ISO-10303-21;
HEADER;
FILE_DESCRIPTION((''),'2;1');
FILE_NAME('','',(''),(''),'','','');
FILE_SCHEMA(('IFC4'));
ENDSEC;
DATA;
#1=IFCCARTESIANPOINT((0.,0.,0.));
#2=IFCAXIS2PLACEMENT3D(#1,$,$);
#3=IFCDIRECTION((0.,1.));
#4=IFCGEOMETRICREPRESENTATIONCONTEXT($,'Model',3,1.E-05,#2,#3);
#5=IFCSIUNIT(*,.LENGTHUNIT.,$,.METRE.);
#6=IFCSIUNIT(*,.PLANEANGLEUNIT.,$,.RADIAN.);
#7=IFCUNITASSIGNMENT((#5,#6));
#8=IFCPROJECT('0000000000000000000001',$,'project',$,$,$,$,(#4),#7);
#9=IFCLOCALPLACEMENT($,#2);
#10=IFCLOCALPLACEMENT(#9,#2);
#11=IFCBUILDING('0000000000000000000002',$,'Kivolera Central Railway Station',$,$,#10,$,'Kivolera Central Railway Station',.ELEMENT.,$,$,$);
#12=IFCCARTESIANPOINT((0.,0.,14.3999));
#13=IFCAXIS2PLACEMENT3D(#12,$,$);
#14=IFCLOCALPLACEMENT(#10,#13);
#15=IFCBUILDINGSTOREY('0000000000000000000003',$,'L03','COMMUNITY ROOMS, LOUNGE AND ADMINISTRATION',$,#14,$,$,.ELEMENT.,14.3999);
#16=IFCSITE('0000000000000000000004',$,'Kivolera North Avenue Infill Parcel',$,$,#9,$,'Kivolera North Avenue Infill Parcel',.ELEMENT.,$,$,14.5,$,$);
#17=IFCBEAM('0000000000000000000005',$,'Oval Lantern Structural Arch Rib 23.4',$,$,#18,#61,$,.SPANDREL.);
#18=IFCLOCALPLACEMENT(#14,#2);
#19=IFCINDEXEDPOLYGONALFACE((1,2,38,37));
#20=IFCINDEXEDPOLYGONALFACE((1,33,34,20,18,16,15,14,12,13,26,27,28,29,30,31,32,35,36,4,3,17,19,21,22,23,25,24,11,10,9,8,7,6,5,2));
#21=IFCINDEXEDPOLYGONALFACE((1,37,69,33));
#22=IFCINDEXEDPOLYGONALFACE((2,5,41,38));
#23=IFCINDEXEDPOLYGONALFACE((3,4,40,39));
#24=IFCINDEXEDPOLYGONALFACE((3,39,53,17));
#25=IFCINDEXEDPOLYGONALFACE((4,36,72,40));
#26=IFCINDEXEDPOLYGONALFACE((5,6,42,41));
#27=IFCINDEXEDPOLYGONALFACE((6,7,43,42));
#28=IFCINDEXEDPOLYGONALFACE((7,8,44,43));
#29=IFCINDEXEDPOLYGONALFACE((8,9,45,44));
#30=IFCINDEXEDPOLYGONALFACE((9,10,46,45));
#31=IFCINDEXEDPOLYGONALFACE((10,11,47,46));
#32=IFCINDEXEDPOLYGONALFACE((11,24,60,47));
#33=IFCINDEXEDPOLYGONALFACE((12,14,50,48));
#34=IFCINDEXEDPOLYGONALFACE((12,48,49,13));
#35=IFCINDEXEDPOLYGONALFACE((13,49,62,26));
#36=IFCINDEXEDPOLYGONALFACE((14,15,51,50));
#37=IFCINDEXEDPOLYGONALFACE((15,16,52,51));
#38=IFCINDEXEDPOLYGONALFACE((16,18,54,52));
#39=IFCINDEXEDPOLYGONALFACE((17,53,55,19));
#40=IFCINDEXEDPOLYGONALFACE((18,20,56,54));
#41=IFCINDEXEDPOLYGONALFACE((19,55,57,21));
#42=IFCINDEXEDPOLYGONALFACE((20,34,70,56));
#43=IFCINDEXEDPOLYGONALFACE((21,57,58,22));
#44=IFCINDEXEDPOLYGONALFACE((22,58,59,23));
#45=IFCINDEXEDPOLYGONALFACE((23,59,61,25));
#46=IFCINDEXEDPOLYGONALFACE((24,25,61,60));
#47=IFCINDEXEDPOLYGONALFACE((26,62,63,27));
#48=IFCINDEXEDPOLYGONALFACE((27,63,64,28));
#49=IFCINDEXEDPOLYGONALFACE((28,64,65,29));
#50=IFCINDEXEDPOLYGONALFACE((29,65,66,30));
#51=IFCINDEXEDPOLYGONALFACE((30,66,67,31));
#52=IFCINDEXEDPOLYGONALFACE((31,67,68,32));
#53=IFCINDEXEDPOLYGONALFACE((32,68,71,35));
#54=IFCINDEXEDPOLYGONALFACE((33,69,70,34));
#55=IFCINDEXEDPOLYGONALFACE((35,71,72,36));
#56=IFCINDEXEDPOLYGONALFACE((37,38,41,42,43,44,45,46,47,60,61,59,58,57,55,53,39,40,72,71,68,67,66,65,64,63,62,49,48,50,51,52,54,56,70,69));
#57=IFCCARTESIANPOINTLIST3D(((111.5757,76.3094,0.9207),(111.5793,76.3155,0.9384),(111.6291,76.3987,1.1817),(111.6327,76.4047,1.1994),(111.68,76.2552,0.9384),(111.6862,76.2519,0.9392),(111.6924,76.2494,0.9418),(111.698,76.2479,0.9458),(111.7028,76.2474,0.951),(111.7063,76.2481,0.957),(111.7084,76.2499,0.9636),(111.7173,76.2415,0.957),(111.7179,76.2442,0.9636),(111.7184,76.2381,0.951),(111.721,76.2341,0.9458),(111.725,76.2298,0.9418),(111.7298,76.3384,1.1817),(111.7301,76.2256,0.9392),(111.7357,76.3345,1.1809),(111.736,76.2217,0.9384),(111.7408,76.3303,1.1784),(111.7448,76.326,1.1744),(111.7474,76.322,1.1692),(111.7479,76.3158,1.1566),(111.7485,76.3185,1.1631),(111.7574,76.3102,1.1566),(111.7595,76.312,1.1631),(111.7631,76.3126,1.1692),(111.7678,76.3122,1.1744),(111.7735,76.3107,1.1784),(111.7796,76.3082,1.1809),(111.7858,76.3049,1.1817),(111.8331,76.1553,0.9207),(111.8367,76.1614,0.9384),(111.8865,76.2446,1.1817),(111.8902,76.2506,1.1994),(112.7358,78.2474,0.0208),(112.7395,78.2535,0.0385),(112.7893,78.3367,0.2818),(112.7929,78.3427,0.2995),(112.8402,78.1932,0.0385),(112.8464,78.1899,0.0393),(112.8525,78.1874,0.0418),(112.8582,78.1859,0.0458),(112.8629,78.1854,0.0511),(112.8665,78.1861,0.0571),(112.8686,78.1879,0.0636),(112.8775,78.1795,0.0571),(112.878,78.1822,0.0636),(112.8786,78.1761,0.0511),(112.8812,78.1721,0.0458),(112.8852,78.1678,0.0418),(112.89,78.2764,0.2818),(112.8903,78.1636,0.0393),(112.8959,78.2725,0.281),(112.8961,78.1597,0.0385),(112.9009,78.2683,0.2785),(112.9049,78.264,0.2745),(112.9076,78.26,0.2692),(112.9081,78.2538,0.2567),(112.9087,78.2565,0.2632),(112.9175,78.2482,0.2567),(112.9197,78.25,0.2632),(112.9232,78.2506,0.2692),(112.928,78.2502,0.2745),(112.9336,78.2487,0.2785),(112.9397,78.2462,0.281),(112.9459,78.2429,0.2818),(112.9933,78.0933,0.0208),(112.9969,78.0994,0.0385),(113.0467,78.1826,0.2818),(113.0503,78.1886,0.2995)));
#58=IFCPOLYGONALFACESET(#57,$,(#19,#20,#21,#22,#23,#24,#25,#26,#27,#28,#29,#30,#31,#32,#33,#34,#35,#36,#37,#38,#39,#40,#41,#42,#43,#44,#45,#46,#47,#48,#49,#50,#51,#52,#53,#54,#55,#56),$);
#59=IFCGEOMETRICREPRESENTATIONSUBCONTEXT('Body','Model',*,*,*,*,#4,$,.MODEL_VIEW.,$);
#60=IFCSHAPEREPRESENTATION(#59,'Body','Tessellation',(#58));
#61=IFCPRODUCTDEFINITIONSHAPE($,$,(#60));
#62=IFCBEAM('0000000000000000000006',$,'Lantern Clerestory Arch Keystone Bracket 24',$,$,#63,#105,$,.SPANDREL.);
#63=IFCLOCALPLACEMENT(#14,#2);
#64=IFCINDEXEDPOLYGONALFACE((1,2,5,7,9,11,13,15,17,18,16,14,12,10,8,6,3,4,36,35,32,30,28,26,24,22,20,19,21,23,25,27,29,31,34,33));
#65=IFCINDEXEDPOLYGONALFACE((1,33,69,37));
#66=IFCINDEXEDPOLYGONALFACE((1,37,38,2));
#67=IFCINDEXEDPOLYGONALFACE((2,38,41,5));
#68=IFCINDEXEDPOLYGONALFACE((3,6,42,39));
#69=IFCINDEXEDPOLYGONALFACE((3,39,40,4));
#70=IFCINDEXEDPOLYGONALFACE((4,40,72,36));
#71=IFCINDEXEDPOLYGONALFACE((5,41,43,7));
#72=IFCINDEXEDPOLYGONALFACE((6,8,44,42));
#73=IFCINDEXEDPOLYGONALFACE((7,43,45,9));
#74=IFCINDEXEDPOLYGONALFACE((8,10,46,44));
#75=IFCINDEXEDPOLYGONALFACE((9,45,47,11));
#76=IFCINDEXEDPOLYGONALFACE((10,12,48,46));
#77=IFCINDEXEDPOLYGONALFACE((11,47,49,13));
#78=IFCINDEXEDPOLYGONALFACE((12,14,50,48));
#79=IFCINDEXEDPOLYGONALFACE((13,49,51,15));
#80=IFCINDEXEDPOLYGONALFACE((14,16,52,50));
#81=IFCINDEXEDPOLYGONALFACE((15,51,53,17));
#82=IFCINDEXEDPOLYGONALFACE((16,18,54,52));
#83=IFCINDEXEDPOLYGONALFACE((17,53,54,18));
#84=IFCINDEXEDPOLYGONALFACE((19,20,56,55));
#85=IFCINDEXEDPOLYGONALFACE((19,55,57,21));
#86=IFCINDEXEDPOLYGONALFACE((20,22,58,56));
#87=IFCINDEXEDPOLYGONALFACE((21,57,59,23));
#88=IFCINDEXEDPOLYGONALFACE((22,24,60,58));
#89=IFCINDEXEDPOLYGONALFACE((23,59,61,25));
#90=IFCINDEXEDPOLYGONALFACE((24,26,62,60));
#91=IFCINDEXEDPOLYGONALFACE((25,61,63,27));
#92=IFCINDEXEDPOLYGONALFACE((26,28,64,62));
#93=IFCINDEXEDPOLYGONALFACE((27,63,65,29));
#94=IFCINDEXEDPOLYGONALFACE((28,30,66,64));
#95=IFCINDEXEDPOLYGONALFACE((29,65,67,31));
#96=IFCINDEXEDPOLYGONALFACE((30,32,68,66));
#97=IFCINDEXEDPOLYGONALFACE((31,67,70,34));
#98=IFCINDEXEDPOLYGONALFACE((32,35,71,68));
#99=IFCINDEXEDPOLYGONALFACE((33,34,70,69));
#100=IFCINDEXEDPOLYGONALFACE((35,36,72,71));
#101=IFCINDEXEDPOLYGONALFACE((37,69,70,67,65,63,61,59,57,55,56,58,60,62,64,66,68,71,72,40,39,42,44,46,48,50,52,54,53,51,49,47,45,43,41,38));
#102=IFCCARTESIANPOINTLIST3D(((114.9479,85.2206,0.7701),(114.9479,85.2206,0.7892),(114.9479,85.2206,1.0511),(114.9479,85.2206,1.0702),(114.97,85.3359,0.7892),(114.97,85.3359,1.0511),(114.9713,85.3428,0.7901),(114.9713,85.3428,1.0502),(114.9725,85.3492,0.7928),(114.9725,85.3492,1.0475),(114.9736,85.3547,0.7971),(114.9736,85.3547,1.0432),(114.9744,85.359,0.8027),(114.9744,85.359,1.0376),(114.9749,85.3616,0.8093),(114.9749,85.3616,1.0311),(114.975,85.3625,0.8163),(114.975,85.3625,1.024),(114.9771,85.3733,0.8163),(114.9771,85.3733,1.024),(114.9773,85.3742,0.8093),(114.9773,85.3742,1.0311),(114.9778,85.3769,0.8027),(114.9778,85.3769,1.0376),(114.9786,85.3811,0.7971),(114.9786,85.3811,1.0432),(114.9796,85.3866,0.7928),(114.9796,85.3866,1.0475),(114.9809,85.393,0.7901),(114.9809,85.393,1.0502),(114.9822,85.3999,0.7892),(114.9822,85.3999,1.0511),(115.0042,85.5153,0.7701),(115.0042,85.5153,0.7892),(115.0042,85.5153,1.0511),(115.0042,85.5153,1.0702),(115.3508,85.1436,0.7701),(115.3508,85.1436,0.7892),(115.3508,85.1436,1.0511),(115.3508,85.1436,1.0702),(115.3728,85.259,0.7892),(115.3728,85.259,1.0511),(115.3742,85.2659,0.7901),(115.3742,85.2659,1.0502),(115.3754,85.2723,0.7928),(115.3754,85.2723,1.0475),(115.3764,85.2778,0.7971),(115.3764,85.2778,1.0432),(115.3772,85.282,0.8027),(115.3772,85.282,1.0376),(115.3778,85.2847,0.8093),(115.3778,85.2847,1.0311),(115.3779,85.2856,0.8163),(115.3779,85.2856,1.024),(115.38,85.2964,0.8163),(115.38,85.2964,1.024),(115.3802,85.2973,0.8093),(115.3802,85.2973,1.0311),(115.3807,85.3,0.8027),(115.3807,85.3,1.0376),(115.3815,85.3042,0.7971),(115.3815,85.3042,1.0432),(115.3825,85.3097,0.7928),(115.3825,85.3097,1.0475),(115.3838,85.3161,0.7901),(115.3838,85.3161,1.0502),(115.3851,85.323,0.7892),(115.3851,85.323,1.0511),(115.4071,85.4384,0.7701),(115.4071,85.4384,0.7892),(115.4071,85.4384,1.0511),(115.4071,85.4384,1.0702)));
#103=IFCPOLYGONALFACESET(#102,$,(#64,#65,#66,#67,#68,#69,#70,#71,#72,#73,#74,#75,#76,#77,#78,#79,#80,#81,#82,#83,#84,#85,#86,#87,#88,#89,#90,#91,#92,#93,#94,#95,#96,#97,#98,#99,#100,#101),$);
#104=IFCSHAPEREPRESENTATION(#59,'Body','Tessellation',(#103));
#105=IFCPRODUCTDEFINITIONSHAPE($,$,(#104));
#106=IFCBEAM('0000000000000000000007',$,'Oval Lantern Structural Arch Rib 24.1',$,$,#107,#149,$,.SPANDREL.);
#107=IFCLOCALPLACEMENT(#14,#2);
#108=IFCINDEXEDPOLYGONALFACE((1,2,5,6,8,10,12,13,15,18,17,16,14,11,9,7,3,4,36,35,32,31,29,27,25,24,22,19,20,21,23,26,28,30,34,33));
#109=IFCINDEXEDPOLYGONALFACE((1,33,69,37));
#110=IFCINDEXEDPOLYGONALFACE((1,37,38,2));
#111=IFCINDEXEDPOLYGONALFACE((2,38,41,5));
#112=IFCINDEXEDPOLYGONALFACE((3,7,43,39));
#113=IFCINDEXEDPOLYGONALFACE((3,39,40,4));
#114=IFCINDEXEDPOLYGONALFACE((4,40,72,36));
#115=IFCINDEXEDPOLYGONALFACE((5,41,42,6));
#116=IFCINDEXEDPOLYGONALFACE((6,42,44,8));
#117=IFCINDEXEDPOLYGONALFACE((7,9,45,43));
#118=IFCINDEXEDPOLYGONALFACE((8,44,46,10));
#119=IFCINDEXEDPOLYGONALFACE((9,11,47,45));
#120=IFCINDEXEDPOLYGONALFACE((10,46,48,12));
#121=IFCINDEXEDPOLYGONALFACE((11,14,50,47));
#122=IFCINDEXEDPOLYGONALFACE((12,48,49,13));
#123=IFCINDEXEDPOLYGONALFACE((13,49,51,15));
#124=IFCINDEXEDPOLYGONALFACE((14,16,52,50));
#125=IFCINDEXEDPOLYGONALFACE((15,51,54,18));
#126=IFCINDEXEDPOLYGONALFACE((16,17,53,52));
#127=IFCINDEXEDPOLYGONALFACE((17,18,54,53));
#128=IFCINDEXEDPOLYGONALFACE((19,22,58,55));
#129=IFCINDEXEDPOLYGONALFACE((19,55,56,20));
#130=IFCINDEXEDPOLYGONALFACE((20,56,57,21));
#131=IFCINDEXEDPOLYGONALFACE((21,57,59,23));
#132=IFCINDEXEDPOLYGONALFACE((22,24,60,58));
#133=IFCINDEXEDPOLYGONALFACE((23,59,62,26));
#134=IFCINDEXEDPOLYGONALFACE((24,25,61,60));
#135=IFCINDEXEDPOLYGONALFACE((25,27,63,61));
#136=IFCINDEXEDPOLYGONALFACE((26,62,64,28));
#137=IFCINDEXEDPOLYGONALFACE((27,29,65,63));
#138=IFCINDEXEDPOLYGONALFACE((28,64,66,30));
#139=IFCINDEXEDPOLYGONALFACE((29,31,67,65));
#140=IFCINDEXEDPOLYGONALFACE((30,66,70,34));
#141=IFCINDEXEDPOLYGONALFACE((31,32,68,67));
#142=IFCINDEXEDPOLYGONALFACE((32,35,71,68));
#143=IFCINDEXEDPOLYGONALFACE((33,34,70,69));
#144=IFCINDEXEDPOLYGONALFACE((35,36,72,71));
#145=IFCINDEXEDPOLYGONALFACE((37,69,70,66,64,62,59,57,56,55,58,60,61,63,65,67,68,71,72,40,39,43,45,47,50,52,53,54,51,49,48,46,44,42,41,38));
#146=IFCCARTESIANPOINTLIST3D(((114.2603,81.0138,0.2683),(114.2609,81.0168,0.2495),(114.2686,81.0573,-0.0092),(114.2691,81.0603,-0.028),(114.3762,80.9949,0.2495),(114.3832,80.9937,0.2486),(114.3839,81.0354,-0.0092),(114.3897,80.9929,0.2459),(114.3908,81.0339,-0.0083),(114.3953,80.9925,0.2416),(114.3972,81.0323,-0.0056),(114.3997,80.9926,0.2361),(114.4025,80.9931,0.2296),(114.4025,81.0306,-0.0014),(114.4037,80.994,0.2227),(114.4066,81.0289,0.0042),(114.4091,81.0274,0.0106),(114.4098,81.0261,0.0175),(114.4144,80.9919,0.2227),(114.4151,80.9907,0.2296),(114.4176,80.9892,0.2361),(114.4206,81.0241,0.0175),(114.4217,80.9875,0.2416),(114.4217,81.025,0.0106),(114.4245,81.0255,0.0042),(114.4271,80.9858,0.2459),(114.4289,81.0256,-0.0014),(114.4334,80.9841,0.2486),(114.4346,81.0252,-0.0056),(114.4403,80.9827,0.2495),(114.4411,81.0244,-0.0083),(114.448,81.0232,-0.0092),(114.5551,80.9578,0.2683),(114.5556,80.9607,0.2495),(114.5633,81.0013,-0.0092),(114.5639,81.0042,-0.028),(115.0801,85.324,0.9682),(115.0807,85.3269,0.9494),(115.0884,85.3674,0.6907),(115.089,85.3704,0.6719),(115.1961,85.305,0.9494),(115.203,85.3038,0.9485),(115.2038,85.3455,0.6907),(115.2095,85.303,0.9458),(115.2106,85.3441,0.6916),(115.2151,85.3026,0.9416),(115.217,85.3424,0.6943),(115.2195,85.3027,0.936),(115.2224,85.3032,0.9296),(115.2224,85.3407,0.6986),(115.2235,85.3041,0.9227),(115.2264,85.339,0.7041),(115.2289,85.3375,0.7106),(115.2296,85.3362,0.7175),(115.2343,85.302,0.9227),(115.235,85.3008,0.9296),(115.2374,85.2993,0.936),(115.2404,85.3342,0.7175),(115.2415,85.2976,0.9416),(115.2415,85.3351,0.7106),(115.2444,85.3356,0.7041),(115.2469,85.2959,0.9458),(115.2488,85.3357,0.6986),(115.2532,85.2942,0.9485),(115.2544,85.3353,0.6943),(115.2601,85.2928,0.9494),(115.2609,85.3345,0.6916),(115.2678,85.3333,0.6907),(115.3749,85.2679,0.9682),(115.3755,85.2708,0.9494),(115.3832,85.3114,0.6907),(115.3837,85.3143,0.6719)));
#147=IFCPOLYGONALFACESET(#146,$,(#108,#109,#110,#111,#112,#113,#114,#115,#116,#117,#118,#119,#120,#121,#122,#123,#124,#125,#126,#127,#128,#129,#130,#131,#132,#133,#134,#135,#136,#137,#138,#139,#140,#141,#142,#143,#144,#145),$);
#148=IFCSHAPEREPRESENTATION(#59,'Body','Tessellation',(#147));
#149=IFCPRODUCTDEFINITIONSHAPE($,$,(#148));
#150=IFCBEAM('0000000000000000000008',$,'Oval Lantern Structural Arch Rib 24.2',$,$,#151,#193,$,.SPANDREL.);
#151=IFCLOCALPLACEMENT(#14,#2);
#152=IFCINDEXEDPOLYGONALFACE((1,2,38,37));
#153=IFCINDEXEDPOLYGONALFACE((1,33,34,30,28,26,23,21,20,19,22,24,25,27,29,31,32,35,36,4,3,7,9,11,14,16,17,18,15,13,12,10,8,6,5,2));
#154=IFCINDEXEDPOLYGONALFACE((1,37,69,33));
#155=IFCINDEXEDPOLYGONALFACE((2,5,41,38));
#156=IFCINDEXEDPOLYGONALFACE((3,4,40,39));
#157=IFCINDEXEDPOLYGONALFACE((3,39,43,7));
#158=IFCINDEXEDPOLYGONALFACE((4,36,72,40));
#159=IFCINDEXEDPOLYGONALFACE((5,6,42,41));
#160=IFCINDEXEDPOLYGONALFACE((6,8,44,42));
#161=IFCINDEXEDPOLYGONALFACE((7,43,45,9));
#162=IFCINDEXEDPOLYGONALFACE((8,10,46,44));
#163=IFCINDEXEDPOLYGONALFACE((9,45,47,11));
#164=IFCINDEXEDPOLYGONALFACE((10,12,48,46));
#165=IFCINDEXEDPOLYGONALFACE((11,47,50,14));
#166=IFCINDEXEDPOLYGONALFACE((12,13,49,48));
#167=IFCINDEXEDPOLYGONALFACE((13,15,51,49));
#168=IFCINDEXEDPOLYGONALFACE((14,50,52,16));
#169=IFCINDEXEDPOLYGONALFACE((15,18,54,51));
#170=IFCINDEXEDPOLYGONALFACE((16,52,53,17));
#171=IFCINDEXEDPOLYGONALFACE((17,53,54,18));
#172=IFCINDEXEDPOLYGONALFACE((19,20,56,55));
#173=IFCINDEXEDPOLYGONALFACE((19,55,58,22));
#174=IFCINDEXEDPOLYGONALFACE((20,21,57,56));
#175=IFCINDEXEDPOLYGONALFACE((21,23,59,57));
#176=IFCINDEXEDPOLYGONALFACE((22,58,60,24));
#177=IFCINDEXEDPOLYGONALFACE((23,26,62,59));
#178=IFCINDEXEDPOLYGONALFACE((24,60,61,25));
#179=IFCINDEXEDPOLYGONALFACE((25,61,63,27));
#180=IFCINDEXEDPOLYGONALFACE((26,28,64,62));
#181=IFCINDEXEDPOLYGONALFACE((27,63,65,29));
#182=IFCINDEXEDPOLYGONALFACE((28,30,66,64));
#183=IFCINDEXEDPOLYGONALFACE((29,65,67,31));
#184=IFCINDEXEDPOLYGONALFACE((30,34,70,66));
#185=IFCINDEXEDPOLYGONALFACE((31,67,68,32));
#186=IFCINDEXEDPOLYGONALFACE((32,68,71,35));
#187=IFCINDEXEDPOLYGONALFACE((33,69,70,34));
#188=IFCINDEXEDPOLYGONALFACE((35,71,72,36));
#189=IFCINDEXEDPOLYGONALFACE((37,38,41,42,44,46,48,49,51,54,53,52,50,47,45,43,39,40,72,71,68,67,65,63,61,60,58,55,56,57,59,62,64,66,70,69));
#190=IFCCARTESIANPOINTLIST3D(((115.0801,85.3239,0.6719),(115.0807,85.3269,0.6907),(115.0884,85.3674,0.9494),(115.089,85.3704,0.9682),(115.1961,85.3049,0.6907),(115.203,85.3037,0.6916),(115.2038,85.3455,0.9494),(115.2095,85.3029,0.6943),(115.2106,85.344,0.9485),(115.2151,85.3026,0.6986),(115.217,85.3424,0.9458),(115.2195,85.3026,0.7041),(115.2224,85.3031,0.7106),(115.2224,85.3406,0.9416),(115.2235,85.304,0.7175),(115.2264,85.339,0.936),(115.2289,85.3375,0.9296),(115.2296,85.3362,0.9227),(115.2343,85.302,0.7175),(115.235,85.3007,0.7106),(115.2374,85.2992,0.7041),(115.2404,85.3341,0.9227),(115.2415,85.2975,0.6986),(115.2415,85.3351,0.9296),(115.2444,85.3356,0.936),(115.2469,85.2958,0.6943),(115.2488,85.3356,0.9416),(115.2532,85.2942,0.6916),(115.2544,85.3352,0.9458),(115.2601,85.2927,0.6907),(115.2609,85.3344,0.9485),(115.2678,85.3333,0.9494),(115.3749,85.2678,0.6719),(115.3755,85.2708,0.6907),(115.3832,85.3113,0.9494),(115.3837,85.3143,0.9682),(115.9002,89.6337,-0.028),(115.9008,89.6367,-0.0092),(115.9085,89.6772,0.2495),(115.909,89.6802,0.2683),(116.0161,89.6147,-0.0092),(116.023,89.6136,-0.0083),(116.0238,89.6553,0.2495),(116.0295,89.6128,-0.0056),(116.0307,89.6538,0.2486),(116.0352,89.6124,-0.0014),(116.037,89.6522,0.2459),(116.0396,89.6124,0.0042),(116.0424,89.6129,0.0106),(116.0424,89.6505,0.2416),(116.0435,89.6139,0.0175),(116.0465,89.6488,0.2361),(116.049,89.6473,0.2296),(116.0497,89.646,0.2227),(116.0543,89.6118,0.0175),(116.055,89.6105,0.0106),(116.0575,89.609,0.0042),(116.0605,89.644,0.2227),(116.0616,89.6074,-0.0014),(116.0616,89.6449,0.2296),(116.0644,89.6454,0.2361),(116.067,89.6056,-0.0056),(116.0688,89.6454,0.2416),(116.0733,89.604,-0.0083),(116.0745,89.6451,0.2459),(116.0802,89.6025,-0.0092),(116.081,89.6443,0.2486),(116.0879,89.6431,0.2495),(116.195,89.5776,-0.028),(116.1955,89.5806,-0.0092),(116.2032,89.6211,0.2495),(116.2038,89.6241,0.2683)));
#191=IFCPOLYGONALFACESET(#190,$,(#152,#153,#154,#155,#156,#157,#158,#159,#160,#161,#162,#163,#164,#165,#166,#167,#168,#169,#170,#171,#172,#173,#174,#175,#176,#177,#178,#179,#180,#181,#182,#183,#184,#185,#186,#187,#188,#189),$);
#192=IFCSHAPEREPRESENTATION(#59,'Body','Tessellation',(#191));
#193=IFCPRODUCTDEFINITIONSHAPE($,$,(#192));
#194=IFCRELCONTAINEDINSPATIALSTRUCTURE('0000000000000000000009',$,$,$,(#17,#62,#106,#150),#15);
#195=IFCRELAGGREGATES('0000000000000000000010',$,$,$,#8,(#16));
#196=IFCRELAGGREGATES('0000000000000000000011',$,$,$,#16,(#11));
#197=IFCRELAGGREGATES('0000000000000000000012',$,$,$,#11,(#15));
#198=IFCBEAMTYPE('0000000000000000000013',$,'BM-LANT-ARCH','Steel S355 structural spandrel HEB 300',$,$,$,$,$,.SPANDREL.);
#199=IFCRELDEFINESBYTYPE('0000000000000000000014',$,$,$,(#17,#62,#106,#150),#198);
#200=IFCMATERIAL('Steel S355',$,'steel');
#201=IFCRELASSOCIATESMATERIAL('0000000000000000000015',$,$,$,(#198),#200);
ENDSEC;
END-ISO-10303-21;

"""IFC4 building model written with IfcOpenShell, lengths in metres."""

from ifc_helpers import new_model, si_unit, direction, frame, origin, origin_2d, place, context, subcontext, project, spatial, i_section, extrude, material, material_profile, profile_set, type_object, element, save


model = new_model("IFC4")

# Units and contexts
model_context = context("Model", 3, precision=1e-05, world=origin(), true_north=direction((0.0, 1.0)))
body_context = subcontext(model_context, "Body", "Model", "MODEL_VIEW")
ifc_project = project(units=[si_unit("LENGTHUNIT", "METRE"), si_unit("PLANEANGLEUNIT", "RADIAN")], contexts=[model_context])

# Site, building, storey
site_placement = place(None, origin())
site = spatial("IfcSite", under=ifc_project, at=site_placement, Name="Kivolera North Avenue Infill Parcel", LongName="Kivolera North Avenue Infill Parcel", CompositionType="ELEMENT", RefElevation=14.5)
building_placement = place(site_placement, origin())
building = spatial("IfcBuilding", under=site, at=building_placement, Name="Kivolera Central Railway Station", LongName="Kivolera Central Railway Station", CompositionType="ELEMENT")
storey_placement = place(building_placement, frame((0.0, 0.0, 14.3999)))
storey = spatial("IfcBuildingStorey", under=building, at=storey_placement, Name="L03", Description="COMMUNITY ROOMS, LOUNGE AND ADMINISTRATION", CompositionType="ELEMENT", Elevation=14.3999)

# Beams
ifc_material_1 = material(Name="Steel S355", Category="steel")
ifc_material_profile_1 = material_profile(ifc_material_1, i_section(OverallWidth=0.3, OverallDepth=0.3, WebThickness=0.011, FlangeThickness=0.019, FilletRadius=0.0271, at=origin_2d()), Name="HEB 300")
ifc_profile_set_1 = profile_set([ifc_material_profile_1], Name="Steel S355")
beam_type_1 = type_object("IfcBeamType", Name="BM-LANT-ARCH", Description="Steel S355 structural spandrel HEB 300", PredefinedType="SPANDREL", material=ifc_profile_set_1)
beam_1_placement = place(storey_placement, frame((111.7329, 76.28, 1.0601), z_axis=(0.477161, 0.797075, -0.370121), x_axis=(-0.858008, 0.513637, 0.0)))
element("IfcBeam", 1, at=beam_1_placement, inside=storey, type_object=beam_type_1, Name="Oval Lantern Structural Arch Rib 23.4", PredefinedType="SPANDREL", context=body_context, shape_type="SweptSolid", body=[
    extrude(i_section(OverallWidth=0.3, OverallDepth=0.3, WebThickness=0.011, FlangeThickness=0.019, FilletRadius=0.0271, at=origin_2d()), origin(), (0.0, 0.0, 1.0), 2.4314),
])
beam_2_placement = place(storey_placement, frame((114.9761, 85.3679, 0.9202), z_axis=(0.98226, -0.187522, 0.0), x_axis=(0.187522, 0.98226, 0.0)))
element("IfcBeam", 2, at=beam_2_placement, inside=storey, type_object=beam_type_1, Name="Lantern Clerestory Arch Keystone Bracket 24", PredefinedType="SPANDREL", context=body_context, shape_type="SweptSolid", body=[
    extrude(i_section(OverallWidth=0.3, OverallDepth=0.3, WebThickness=0.011, FlangeThickness=0.019, FilletRadius=0.0271, at=origin_2d()), origin(), (0.0, 0.0, 1.0), 0.4102),
])
beam_3_placement = place(storey_placement, frame((114.4121, 81.009, 0.1201), z_axis=(0.184528, 0.970118, 0.157547), x_axis=(-0.982386, 0.186862, 0.0)))
element("IfcBeam", 3, at=beam_3_placement, inside=storey, type_object=beam_type_1, Name="Oval Lantern Structural Arch Rib 24.1", PredefinedType="SPANDREL", context=body_context, shape_type="SweptSolid", body=[
    extrude(i_section(OverallWidth=0.3, OverallDepth=0.3, WebThickness=0.011, FlangeThickness=0.019, FilletRadius=0.0271, at=origin_2d()), origin(), (0.0, 0.0, 1.0), 4.4429),
])
beam_4_placement = place(storey_placement, frame((115.2319, 85.3191, 0.8201), z_axis=(0.184591, 0.970105, -0.157553), x_axis=(-0.982374, 0.186925, 0.0)))
element("IfcBeam", 4, at=beam_4_placement, inside=storey, type_object=beam_type_1, Name="Oval Lantern Structural Arch Rib 24.2", PredefinedType="SPANDREL", context=body_context, shape_type="SweptSolid", body=[
    extrude(i_section(OverallWidth=0.3, OverallDepth=0.3, WebThickness=0.011, FlangeThickness=0.019, FilletRadius=0.0271, at=origin_2d()), origin(), (0.0, 0.0, 1.0), 4.4426),
])

save(model, "model.ifc")
